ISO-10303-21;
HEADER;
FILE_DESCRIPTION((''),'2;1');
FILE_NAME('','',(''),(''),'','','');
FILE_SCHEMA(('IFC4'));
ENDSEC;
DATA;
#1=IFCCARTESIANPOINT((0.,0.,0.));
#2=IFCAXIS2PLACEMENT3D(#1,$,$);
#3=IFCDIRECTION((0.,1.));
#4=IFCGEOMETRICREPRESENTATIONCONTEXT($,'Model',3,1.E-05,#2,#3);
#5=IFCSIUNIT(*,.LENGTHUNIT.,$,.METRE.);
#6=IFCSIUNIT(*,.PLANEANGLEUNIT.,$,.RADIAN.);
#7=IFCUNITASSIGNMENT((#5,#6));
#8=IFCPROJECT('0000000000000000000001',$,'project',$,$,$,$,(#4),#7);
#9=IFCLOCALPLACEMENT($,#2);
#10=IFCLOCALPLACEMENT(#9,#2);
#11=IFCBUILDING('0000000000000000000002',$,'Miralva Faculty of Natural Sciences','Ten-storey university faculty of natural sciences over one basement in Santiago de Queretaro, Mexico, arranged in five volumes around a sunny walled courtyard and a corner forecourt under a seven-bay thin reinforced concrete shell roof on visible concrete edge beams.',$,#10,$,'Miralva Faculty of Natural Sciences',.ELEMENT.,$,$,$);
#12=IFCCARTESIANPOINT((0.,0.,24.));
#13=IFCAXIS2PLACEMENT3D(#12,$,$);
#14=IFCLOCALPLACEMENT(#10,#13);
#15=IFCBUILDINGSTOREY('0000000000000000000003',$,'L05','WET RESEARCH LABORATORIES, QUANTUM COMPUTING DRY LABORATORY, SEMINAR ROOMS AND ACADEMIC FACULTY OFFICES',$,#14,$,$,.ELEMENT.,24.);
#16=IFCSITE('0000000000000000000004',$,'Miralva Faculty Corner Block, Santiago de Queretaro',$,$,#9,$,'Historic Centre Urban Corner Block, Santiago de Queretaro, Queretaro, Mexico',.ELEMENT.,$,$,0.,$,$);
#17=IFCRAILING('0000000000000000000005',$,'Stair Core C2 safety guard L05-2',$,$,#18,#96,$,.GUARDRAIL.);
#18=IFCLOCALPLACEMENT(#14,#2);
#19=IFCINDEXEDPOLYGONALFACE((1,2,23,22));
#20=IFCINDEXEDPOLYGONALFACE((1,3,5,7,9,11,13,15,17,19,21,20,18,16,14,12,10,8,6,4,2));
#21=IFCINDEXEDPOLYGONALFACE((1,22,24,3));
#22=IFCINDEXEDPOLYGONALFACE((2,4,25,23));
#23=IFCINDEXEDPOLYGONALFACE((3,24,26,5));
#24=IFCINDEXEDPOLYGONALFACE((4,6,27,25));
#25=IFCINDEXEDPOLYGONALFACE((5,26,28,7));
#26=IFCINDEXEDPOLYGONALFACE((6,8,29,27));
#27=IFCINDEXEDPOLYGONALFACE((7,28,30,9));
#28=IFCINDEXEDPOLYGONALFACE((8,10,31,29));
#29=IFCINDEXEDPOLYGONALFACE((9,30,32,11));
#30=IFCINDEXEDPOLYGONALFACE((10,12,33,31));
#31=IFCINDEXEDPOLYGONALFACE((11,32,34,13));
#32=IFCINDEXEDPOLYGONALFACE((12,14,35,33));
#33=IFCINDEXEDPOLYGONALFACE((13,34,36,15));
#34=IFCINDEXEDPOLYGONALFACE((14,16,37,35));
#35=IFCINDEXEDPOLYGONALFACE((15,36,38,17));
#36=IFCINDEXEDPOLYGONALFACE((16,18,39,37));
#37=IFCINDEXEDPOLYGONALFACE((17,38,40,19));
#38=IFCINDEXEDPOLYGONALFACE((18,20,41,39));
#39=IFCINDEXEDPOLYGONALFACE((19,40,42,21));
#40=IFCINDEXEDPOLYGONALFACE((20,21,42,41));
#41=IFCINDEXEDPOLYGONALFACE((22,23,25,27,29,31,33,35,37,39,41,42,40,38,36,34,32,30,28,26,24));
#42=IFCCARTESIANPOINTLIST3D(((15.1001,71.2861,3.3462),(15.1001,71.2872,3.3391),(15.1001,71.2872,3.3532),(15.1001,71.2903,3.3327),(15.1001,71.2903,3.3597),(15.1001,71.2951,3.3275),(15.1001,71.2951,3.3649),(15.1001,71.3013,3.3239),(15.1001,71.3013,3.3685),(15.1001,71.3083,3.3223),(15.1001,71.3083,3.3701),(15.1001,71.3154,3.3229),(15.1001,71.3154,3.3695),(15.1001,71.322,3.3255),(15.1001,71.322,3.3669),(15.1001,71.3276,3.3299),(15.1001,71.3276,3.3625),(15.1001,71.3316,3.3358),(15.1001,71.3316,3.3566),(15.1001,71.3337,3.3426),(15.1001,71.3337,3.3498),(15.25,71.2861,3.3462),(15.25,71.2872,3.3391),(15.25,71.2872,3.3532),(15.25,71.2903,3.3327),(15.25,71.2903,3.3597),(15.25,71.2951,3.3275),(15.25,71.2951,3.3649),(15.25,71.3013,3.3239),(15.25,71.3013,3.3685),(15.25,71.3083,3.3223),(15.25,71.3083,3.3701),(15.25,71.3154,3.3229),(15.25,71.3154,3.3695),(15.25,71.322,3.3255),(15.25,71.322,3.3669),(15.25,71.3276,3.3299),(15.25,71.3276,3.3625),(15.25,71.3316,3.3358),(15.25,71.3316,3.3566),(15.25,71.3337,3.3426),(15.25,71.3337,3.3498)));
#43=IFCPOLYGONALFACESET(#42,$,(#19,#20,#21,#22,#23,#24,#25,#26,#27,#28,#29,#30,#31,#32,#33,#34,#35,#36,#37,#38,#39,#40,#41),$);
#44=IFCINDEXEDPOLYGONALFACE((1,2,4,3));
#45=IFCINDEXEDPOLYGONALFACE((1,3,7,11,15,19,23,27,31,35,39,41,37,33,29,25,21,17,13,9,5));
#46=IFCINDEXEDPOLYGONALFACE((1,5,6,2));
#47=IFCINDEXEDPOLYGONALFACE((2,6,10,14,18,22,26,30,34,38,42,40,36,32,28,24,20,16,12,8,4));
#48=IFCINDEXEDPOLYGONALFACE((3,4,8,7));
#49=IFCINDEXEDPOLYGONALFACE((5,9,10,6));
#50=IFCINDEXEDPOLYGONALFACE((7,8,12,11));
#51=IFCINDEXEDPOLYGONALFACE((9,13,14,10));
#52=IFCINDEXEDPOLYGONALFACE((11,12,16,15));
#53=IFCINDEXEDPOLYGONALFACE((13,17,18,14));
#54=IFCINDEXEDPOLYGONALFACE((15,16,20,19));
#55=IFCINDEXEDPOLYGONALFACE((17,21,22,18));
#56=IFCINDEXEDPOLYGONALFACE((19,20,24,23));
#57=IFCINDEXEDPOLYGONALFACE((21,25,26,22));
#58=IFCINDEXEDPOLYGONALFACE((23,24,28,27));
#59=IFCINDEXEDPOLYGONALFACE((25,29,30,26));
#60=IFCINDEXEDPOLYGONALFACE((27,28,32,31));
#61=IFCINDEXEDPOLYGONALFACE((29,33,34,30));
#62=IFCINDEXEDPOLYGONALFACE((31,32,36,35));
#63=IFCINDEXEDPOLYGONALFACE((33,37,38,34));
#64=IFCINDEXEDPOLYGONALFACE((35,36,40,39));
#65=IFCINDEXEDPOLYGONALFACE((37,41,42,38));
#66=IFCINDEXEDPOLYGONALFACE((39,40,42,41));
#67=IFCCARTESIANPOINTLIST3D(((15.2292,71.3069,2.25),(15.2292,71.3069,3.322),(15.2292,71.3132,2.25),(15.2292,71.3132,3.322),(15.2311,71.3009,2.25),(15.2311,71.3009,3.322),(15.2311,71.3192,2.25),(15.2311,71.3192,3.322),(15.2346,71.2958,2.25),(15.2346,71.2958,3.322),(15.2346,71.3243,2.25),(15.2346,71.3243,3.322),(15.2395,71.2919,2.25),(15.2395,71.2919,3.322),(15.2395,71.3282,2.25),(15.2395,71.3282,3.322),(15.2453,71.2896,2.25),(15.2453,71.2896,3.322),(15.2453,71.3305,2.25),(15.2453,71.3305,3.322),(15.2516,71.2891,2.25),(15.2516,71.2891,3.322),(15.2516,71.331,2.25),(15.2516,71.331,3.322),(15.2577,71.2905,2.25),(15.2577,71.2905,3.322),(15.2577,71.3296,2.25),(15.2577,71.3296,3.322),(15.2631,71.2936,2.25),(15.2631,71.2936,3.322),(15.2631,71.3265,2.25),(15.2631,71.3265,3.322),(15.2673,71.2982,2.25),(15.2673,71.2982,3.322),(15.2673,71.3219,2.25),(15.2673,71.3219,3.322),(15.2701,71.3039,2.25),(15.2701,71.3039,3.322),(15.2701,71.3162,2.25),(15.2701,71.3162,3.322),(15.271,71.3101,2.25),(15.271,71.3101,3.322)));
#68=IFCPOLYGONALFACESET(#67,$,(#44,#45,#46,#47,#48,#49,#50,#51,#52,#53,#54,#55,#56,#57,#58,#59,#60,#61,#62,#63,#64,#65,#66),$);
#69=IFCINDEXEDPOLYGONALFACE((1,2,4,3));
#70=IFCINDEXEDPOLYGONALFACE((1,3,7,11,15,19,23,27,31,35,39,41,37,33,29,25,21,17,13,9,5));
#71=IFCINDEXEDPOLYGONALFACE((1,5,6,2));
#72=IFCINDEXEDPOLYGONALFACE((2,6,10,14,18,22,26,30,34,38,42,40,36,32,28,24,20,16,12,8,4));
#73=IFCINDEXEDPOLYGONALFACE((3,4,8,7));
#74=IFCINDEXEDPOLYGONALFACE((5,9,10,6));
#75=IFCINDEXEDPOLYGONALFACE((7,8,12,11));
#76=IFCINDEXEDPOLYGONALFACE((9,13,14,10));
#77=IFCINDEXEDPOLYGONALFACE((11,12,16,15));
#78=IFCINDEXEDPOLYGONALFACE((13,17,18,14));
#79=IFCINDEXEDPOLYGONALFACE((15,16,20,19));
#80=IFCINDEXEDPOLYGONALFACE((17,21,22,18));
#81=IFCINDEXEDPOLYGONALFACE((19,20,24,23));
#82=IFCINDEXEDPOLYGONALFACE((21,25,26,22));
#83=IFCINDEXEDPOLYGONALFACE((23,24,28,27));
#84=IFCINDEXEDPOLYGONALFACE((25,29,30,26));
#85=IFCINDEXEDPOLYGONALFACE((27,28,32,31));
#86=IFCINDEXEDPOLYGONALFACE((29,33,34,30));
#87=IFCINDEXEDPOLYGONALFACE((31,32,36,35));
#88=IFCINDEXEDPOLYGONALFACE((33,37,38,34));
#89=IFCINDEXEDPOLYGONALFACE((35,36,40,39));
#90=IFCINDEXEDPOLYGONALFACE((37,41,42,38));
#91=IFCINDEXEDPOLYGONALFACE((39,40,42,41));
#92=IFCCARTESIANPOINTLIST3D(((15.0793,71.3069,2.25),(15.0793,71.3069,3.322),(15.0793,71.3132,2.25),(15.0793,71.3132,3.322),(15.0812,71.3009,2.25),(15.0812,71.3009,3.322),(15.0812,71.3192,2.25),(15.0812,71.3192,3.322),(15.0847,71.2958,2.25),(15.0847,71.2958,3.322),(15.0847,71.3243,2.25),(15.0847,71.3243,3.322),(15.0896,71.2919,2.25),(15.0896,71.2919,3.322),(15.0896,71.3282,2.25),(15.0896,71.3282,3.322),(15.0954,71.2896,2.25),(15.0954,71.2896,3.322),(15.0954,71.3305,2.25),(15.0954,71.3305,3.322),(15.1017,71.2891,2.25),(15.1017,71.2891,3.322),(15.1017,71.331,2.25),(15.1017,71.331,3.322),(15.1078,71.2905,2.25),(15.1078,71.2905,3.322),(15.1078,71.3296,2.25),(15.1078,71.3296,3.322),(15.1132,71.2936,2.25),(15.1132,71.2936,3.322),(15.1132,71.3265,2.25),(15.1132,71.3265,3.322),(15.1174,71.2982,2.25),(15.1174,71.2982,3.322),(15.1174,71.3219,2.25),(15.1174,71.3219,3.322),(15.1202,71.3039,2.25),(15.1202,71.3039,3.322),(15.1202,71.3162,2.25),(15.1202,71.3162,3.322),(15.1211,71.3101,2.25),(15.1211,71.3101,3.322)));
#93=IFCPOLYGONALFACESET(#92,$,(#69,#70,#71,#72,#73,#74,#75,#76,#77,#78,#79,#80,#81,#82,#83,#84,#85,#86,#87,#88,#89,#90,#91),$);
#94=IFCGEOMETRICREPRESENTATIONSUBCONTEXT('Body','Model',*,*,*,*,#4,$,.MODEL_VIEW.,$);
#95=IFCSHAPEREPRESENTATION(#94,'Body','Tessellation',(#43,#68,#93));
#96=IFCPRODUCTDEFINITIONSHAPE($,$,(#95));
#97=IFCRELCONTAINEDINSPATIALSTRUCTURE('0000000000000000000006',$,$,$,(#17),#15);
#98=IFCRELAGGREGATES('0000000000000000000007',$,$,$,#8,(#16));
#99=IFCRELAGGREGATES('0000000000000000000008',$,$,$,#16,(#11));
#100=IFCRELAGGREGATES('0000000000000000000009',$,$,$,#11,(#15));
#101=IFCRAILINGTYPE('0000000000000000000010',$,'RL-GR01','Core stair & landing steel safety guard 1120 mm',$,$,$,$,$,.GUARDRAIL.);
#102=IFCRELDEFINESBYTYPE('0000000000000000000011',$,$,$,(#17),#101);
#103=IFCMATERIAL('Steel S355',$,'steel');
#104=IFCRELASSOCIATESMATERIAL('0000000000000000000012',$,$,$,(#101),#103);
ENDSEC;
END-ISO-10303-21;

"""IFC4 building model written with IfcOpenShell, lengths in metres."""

from ifc_helpers import new_model, si_unit, direction, frame, origin, origin_2d, place, context, subcontext, project, spatial, circle, extrude, material, type_object, element, save


model = new_model("IFC4")

# Units and contexts
model_context = context("Model", 3, precision=1e-05, world=origin(), true_north=direction((0.0, 1.0)))
body_context = subcontext(model_context, "Body", "Model", "MODEL_VIEW")
ifc_project = project(units=[si_unit("LENGTHUNIT", "METRE"), si_unit("PLANEANGLEUNIT", "RADIAN")], contexts=[model_context])

# Site, building, storey
site_placement = place(None, origin())
site = spatial("IfcSite", under=ifc_project, at=site_placement, Name="Miralva Faculty Corner Block, Santiago de Queretaro", LongName="Historic Centre Urban Corner Block, Santiago de Queretaro, Queretaro, Mexico", CompositionType="ELEMENT", RefElevation=0.0)
building_placement = place(site_placement, origin())
building = spatial("IfcBuilding", under=site, at=building_placement, Name="Miralva Faculty of Natural Sciences", Description="Ten-storey university faculty of natural sciences over one basement in Santiago de Queretaro, Mexico, arranged in five volumes around a sunny walled courtyard and a corner forecourt under a seven-bay thin reinforced concrete shell roof on visible concrete edge beams.", LongName="Miralva Faculty of Natural Sciences", CompositionType="ELEMENT")
storey_placement = place(building_placement, frame((0.0, 0.0, 24.0)))
storey = spatial("IfcBuildingStorey", under=building, at=storey_placement, Name="L05", Description="WET RESEARCH LABORATORIES, QUANTUM COMPUTING DRY LABORATORY, SEMINAR ROOMS AND ACADEMIC FACULTY OFFICES", CompositionType="ELEMENT", Elevation=24.0)

# Railing
ifc_material_1 = material(Name="Steel S355", Category="steel")
railing_type_1 = type_object("IfcRailingType", Name="RL-GR01", Description="Core stair & landing steel safety guard 1120 mm", PredefinedType="GUARDRAIL", material=ifc_material_1)
railing_1_placement = place(storey_placement, frame((15.25, 71.3101, 2.25)))
element("IfcRailing", 1, at=railing_1_placement, inside=storey, type_object=railing_type_1, Name="Stair Core C2 safety guard L05-2", PredefinedType="GUARDRAIL", context=body_context, shape_type="SweptSolid", body=[
    extrude(circle(Radius=0.0239, at=origin_2d()), frame((0.0, 0.0, 1.0962), z_axis=(-1.0, 0.0, 0.0), x_axis=(0.0, -1.0, 0.0)), (0.0, 0.0, 1.0), 0.1499),
    extrude(circle(Radius=0.021, at=origin_2d()), origin(), (0.0, 0.0, 1.0), 1.072),
    extrude(circle(Radius=0.021, at=origin_2d()), frame((-0.1499, 0.0, 0.0)), (0.0, 0.0, 1.0), 1.072),
])

save(model, "model.ifc")
